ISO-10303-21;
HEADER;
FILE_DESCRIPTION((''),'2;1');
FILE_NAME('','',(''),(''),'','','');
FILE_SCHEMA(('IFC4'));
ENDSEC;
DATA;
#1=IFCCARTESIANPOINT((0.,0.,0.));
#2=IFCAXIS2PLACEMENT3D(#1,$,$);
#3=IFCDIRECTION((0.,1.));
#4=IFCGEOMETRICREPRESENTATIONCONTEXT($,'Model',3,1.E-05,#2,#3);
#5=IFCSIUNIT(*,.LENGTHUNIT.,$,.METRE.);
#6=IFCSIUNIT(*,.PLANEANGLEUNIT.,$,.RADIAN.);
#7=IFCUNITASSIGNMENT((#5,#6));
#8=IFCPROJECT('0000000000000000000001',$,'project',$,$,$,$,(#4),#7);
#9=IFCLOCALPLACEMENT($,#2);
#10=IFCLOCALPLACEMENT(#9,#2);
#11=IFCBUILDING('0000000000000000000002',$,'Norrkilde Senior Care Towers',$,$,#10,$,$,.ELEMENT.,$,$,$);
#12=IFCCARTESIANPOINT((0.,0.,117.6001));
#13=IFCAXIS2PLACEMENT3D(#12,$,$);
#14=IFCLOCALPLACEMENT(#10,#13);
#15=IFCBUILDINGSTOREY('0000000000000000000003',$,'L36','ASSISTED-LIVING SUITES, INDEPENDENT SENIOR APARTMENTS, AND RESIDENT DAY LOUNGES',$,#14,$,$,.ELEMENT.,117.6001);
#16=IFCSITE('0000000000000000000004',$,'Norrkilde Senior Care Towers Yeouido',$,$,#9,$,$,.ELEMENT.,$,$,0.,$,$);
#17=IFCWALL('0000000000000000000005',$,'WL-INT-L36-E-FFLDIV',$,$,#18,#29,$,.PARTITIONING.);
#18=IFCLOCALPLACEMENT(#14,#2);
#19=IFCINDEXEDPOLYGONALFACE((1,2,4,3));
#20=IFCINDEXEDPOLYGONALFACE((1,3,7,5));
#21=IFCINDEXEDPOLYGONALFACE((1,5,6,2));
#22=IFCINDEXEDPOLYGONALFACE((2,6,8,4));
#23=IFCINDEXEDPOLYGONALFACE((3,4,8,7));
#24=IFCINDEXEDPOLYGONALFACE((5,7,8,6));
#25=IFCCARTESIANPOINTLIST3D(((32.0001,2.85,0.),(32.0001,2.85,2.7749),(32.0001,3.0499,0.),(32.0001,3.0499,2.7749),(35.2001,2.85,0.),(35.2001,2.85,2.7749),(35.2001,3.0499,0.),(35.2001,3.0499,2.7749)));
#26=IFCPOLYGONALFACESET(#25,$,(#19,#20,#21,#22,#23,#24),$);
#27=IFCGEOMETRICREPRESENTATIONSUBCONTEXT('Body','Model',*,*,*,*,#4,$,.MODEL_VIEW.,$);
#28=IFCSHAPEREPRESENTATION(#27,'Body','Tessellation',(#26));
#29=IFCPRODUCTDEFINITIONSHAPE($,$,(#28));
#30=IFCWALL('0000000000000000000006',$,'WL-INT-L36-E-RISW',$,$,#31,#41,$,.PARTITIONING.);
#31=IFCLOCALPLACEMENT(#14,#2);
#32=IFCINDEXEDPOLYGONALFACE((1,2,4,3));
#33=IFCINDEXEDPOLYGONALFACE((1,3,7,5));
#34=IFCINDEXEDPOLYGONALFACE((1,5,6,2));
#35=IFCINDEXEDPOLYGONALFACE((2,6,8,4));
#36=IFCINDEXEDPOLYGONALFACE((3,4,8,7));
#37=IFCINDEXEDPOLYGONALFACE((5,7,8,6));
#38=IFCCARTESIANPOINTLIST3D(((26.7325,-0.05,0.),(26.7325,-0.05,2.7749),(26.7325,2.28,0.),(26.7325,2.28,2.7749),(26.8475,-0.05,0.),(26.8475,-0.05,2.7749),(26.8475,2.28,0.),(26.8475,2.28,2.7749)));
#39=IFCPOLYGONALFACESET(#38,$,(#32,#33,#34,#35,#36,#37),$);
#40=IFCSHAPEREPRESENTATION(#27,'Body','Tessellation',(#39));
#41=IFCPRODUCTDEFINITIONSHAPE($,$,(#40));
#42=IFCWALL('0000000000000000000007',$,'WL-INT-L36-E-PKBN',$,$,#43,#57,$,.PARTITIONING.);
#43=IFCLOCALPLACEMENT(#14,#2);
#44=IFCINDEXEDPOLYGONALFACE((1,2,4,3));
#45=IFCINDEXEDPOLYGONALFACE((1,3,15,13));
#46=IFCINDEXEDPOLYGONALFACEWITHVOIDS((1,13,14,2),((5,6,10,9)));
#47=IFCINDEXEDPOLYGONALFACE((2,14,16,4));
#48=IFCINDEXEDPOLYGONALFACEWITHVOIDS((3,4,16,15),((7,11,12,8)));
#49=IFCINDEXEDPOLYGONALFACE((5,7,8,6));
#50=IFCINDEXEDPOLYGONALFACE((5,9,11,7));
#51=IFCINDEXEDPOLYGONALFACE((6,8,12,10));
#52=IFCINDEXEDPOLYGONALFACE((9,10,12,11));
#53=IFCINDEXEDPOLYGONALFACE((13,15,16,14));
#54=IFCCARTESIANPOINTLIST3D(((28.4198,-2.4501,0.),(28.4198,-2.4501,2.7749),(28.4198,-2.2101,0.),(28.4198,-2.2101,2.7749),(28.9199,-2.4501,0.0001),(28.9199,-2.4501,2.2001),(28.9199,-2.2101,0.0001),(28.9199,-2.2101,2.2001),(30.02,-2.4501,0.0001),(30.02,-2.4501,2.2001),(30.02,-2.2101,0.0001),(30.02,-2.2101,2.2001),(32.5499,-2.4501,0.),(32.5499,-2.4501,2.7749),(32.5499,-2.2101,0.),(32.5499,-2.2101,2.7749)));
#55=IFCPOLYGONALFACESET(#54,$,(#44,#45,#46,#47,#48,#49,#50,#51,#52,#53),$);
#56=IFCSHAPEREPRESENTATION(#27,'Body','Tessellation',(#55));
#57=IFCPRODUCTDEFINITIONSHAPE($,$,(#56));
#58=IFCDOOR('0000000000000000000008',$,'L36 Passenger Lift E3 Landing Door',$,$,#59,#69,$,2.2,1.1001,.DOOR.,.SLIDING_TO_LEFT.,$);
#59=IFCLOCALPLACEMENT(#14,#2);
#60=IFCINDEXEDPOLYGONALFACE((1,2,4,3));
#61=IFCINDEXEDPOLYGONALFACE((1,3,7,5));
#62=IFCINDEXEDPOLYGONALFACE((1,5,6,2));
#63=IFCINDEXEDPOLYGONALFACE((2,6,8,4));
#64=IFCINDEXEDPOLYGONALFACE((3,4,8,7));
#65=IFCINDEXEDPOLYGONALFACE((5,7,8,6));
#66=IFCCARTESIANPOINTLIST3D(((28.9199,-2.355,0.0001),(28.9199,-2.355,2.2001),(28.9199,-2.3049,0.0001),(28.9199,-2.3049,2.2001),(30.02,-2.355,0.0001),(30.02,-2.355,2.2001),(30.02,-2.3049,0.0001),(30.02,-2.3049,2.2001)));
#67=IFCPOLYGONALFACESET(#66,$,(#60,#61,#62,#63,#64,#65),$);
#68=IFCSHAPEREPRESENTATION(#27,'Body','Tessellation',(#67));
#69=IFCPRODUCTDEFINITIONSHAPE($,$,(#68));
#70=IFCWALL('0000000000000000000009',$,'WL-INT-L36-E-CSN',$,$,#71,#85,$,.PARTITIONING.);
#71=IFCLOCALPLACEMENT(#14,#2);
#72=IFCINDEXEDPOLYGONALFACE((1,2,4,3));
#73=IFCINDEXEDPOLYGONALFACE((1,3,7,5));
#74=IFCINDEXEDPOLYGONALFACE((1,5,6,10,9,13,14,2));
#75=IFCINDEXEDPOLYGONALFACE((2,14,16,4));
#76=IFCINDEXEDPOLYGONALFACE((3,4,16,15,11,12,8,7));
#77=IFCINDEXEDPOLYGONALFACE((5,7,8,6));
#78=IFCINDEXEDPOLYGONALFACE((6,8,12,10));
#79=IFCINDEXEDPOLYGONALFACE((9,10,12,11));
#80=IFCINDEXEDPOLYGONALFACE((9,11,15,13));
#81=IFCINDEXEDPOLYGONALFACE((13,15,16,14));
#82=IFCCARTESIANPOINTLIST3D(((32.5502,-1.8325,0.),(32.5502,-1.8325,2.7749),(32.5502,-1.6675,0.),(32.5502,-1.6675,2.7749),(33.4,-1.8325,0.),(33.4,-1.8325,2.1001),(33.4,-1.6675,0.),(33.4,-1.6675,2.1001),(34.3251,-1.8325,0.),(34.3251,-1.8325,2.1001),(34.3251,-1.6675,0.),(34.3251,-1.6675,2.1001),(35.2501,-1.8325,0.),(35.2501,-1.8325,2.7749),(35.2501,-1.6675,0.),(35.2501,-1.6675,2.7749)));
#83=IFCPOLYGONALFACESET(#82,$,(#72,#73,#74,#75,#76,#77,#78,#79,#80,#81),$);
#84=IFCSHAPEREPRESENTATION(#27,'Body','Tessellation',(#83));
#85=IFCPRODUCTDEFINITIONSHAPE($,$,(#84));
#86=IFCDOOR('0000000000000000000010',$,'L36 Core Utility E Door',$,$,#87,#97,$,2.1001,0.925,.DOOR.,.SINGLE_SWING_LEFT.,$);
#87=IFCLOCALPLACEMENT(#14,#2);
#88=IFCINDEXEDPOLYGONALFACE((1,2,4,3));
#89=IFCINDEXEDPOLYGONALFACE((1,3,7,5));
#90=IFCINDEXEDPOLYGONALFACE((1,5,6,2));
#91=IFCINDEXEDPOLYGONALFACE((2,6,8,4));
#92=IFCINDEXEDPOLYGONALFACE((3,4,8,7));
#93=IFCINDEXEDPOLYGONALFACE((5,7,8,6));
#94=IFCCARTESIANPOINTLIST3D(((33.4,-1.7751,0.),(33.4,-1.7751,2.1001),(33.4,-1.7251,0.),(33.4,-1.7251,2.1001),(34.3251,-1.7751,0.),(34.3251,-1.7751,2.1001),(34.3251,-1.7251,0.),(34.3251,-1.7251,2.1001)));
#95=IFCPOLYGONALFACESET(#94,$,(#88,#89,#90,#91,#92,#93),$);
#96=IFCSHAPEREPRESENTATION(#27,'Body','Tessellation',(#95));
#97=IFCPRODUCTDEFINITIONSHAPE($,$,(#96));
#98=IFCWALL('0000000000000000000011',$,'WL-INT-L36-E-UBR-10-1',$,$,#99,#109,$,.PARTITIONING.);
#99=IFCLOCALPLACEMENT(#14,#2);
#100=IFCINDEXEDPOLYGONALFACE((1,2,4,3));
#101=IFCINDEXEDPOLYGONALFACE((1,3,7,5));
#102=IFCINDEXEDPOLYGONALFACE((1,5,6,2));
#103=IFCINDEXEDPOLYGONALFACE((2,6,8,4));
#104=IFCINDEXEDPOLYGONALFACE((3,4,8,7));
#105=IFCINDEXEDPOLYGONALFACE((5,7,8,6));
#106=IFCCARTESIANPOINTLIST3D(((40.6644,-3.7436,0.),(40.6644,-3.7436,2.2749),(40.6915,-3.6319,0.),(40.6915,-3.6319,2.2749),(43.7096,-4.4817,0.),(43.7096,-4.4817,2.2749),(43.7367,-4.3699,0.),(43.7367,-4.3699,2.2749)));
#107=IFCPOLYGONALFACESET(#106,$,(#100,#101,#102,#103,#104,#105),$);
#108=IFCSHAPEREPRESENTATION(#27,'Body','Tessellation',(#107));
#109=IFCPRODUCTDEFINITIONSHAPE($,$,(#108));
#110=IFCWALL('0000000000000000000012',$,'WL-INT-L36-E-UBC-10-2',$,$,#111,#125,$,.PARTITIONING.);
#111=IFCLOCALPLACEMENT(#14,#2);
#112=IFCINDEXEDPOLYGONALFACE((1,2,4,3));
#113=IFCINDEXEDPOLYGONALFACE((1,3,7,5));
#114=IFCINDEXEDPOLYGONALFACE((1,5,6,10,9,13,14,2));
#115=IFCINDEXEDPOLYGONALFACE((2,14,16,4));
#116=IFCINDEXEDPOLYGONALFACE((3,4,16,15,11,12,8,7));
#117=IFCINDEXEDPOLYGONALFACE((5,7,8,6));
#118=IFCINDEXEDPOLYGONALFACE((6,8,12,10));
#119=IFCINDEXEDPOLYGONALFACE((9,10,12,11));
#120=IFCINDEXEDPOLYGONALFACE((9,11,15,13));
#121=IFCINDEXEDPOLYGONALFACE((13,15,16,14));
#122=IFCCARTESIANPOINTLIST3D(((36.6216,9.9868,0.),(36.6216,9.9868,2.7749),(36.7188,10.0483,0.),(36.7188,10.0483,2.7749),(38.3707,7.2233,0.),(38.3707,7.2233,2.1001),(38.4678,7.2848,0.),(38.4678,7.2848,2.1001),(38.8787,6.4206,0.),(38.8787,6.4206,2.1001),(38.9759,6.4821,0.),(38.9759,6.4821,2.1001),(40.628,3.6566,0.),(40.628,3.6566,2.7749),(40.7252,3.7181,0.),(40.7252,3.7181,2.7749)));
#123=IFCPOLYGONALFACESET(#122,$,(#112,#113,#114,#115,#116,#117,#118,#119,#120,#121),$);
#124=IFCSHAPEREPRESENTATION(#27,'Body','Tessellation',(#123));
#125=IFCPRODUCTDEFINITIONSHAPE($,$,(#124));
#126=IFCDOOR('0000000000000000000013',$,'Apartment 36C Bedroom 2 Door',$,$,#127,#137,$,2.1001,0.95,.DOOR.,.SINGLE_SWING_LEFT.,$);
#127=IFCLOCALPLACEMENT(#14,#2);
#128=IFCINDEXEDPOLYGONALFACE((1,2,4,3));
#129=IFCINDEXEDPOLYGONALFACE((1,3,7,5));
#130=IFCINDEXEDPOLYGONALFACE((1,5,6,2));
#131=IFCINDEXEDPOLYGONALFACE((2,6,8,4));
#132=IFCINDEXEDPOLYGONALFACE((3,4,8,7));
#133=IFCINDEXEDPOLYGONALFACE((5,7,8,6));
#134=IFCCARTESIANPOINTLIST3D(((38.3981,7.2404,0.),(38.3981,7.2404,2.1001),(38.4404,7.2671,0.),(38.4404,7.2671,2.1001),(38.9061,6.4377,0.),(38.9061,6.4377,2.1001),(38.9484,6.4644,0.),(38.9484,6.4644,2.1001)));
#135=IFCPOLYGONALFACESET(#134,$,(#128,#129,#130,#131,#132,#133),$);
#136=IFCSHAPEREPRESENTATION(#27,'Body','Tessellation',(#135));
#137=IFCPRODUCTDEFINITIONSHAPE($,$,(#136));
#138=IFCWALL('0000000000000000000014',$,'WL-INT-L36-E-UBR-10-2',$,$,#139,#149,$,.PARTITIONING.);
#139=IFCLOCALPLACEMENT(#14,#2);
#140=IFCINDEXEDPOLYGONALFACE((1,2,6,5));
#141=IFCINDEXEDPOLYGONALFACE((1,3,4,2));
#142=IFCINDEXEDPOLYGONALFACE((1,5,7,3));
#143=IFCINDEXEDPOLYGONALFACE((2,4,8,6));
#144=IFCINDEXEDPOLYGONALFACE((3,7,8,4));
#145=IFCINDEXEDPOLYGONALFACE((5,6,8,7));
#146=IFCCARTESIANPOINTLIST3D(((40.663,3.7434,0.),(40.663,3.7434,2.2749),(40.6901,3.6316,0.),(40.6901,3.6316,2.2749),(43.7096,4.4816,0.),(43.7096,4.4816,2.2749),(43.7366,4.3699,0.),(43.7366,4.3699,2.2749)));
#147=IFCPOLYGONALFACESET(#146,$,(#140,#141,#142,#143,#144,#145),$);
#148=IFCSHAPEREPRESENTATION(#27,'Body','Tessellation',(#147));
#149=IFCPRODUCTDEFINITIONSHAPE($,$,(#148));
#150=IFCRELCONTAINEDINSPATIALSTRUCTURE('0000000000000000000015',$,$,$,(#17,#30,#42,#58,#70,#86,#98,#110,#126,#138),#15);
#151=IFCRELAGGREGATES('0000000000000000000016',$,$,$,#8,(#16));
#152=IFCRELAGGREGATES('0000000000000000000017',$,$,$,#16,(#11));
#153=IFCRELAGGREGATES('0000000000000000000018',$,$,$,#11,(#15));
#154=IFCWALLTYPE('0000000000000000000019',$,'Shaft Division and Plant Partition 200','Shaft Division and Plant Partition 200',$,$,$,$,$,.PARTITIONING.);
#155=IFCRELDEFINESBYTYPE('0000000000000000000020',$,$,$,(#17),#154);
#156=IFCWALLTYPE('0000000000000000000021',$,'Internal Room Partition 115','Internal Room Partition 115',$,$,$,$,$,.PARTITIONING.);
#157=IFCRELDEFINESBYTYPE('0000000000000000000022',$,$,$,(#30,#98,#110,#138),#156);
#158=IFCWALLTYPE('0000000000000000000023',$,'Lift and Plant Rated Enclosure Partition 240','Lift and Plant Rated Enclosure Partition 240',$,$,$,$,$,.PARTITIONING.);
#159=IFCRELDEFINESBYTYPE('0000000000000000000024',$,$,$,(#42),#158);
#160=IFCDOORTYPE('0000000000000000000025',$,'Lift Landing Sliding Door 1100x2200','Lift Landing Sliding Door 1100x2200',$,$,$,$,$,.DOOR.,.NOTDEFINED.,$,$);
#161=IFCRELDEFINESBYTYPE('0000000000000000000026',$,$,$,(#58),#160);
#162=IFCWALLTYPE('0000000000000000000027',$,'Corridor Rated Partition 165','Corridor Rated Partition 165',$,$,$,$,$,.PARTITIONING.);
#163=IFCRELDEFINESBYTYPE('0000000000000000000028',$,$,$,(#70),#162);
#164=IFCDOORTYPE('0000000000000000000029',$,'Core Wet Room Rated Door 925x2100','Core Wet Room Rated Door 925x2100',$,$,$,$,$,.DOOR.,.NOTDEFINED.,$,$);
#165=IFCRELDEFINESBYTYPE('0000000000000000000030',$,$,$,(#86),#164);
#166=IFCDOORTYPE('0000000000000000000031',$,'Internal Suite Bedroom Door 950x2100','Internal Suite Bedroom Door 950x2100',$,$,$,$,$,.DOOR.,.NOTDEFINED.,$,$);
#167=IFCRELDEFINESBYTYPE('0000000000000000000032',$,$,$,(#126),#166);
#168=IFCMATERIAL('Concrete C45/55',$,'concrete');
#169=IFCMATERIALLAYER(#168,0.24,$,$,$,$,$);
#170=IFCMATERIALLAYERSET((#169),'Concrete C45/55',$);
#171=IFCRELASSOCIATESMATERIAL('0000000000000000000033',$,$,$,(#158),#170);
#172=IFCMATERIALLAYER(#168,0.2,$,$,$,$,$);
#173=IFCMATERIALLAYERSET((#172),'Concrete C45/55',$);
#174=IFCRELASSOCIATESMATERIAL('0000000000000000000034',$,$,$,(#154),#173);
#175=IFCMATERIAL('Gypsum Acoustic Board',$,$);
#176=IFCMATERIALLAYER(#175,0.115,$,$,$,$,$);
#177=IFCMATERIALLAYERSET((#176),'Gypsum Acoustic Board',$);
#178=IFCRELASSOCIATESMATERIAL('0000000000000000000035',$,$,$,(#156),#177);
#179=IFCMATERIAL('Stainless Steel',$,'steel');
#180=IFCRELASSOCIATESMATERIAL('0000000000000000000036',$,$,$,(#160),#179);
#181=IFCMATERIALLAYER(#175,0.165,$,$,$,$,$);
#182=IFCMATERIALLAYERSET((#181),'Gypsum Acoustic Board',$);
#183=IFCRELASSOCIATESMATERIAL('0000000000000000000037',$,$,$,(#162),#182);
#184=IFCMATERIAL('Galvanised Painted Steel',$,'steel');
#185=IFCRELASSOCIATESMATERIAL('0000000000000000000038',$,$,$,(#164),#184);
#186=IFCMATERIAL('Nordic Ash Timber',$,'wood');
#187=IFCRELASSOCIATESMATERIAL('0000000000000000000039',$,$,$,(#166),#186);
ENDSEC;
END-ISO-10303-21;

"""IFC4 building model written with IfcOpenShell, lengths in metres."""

from ifc_helpers import new_model, si_unit, direction, frame, frame_2d, origin, place, context, subcontext, project, spatial, rectangle, extrude, source, transform, mapped, material, layer, layer_set, type_object, type_shapes, element, fill, save


model = new_model("IFC4")

# Units and contexts
model_context = context("Model", 3, precision=1e-05, world=origin(), true_north=direction((0.0, 1.0)))
body_context = subcontext(model_context, "Body", "Model", "MODEL_VIEW")
ifc_project = project(units=[si_unit("LENGTHUNIT", "METRE"), si_unit("PLANEANGLEUNIT", "RADIAN")], contexts=[model_context])

# Site, building, storey
site_placement = place(None, origin())
site = spatial("IfcSite", under=ifc_project, at=site_placement, Name="Norrkilde Senior Care Towers Yeouido", CompositionType="ELEMENT", RefElevation=0.0)
building_placement = place(site_placement, origin())
building = spatial("IfcBuilding", under=site, at=building_placement, Name="Norrkilde Senior Care Towers", CompositionType="ELEMENT")
storey_placement = place(building_placement, frame((0.0, 0.0, 117.6001)))
storey = spatial("IfcBuildingStorey", under=building, at=storey_placement, Name="L36", Description="ASSISTED-LIVING SUITES, INDEPENDENT SENIOR APARTMENTS, AND RESIDENT DAY LOUNGES", CompositionType="ELEMENT", Elevation=117.6001)

# Shared definitions
ifc_material_1 = material(Name="Concrete C45/55", Category="concrete")
ifc_layer_1 = layer(ifc_material_1, 0.24)
ifc_layer_set_1 = layer_set([ifc_layer_1], Name="Concrete C45/55")
wall_type_1 = type_object("IfcWallType", Name="Lift and Plant Rated Enclosure Partition 240", Description="Lift and Plant Rated Enclosure Partition 240", PredefinedType="PARTITIONING", material=ifc_layer_set_1)
ifc_material_2 = material(Name="Stainless Steel", Category="steel")

# Wall
ifc_layer_2 = layer(ifc_material_1, 0.2)
ifc_layer_set_2 = layer_set([ifc_layer_2], Name="Concrete C45/55")
wall_type_2 = type_object("IfcWallType", Name="Shaft Division and Plant Partition 200", Description="Shaft Division and Plant Partition 200", PredefinedType="PARTITIONING", material=ifc_layer_set_2)
shared_shape_1 = source(origin(), body_context, "Body", "SweptSolid", [
    extrude(rectangle(XDim=3.2, YDim=0.2, at=frame_2d((1.6001, 0.0))), origin(), (0.0, 0.0, 1.0), 2.7749),
])
type_shapes(wall_type_2, [shared_shape_1])
wall_1_placement = place(storey_placement, frame((32.0, 2.95, 0.0), z_axis=(0.0, 0.0, 1.0), x_axis=(1.0, 0.0, 0.0)))
element("IfcWall", 1, at=wall_1_placement, inside=storey, type_object=wall_type_2, Name="WL-INT-L36-E-FFLDIV", PredefinedType="PARTITIONING", context=body_context, shape_type="MappedRepresentation", body=[
    mapped(shared_shape_1, transform((0.0, 0.0, 0.0), x_axis=(1.0, 0.0, 0.0), y_axis=(0.0, 1.0, 0.0), z_axis=(0.0, 0.0, 1.0), scale=1.0)),
])

# Shared definitions
ifc_material_3 = material(Name="Galvanised Painted Steel", Category="steel")

# Wall
ifc_material_4 = material(Name="Gypsum Acoustic Board")
ifc_layer_3 = layer(ifc_material_4, 0.115)
ifc_layer_set_3 = layer_set([ifc_layer_3], Name="Gypsum Acoustic Board")
wall_type_3 = type_object("IfcWallType", Name="Internal Room Partition 115", Description="Internal Room Partition 115", PredefinedType="PARTITIONING", material=ifc_layer_set_3)
shared_shape_2 = source(origin(), body_context, "Body", "SweptSolid", [
    extrude(rectangle(XDim=2.3301, YDim=0.115, at=frame_2d((1.165, 0.0))), origin(), (0.0, 0.0, 1.0), 2.7749),
])
wall_2_placement = place(storey_placement, frame((26.79, -0.05, 0.0), z_axis=(0.0, 0.0, 1.0), x_axis=(0.0, 1.0, 0.0)))
element("IfcWall", 2, at=wall_2_placement, inside=storey, type_object=wall_type_3, Name="WL-INT-L36-E-RISW", PredefinedType="PARTITIONING", context=body_context, shape_type="MappedRepresentation", body=[
    mapped(shared_shape_2, transform((0.0, 0.0, 0.0), x_axis=(1.0, 0.0, 0.0), y_axis=(0.0, 1.0, 0.0), z_axis=(0.0, 0.0, 1.0), scale=1.0)),
])

# Walls, openings, doors
shared_shape_3 = source(origin(), body_context, "Body", "SweptSolid", [
    extrude(rectangle(XDim=4.1301, YDim=0.24, at=frame_2d((2.0649, 0.0))), origin(), (0.0, 0.0, 1.0), 2.7749),
])
wall_3_placement = place(storey_placement, frame((28.4199, -2.3301, 0.0), z_axis=(0.0, 0.0, 1.0), x_axis=(1.0, 0.0, 0.0)))
wall_3 = element("IfcWall", 3, at=wall_3_placement, inside=storey, type_object=wall_type_1, Name="WL-INT-L36-E-PKBN", PredefinedType="PARTITIONING", context=body_context, shape_type="MappedRepresentation", body=[
    mapped(shared_shape_3, transform((0.0, 0.0, 0.0), x_axis=(1.0, 0.0, 0.0), y_axis=(0.0, 1.0, 0.0), z_axis=(0.0, 0.0, 1.0), scale=1.0)),
])
opening_1_placement = place(wall_3_placement, frame((0.5, 0.0, 0.0)))
opening_1 = element("IfcOpeningElement", 4, at=opening_1_placement, cuts=wall_3, PredefinedType="OPENING", context=body_context, shape_type="SweptSolid", body=[
    extrude(rectangle(XDim=1.1001, YDim=2.2, at=frame_2d((0.55, 1.1001))), frame((0.0, 0.1299, 0.0), z_axis=(0.0, -1.0, 0.0), x_axis=(1.0, 0.0, 0.0)), (0.0, 0.0, 1.0), 0.26),
])
door_type_1 = type_object("IfcDoorType", Name="Lift Landing Sliding Door 1100x2200", Description="Lift Landing Sliding Door 1100x2200", OperationType="NOTDEFINED", PredefinedType="DOOR", material=ifc_material_2)
shared_shape_4 = source(origin(), body_context, "Body", "SweptSolid", [
    extrude(rectangle(XDim=1.1001, YDim=2.2, at=frame_2d((0.55, 1.1001))), frame((0.0, 0.0249, 0.0), z_axis=(0.0, -1.0, 0.0), x_axis=(1.0, 0.0, 0.0)), (0.0, 0.0, 1.0), 0.05),
])
type_shapes(door_type_1, [shared_shape_4])
door_1_placement = place(opening_1_placement, frame((1.1001, 0.0, 0.0), z_axis=(0.0, 0.0, 1.0), x_axis=(-1.0, 0.0, 0.0)))
door_1 = element("IfcDoor", 5, at=door_1_placement, inside=storey, type_object=door_type_1, Name="L36 Passenger Lift E3 Landing Door", OperationType="SLIDING_TO_LEFT", OverallHeight=2.2, OverallWidth=1.1001, PredefinedType="DOOR", context=body_context, shape_type="MappedRepresentation", body=[
    mapped(shared_shape_4, transform((0.0, 0.0, 0.0), x_axis=(1.0, 0.0, 0.0), y_axis=(0.0, 1.0, 0.0), z_axis=(0.0, 0.0, 1.0), scale=1.0)),
])
fill(opening_1, door_1)
ifc_layer_4 = layer(ifc_material_4, 0.165)
ifc_layer_set_4 = layer_set([ifc_layer_4], Name="Gypsum Acoustic Board")
wall_type_4 = type_object("IfcWallType", Name="Corridor Rated Partition 165", Description="Corridor Rated Partition 165", PredefinedType="PARTITIONING", material=ifc_layer_set_4)
shared_shape_5 = source(origin(), body_context, "Body", "SweptSolid", [
    extrude(rectangle(XDim=2.7, YDim=0.165, at=frame_2d((1.3501, 0.0))), origin(), (0.0, 0.0, 1.0), 2.7749),
])
type_shapes(wall_type_4, [shared_shape_5])
wall_4_placement = place(storey_placement, frame((32.55, -1.75, 0.0), z_axis=(0.0, 0.0, 1.0), x_axis=(1.0, 0.0, 0.0)))
wall_4 = element("IfcWall", 6, at=wall_4_placement, inside=storey, type_object=wall_type_4, Name="WL-INT-L36-E-CSN", PredefinedType="PARTITIONING", context=body_context, shape_type="MappedRepresentation", body=[
    mapped(shared_shape_5, transform((0.0, 0.0, 0.0), x_axis=(1.0, 0.0, 0.0), y_axis=(0.0, 1.0, 0.0), z_axis=(0.0, 0.0, 1.0), scale=1.0)),
])
opening_2_placement = place(wall_4_placement, frame((0.8501, 0.0, 0.0)))
opening_2 = element("IfcOpeningElement", 7, at=opening_2_placement, cuts=wall_4, PredefinedType="OPENING", context=body_context, shape_type="SweptSolid", body=[
    extrude(rectangle(XDim=0.925, YDim=2.1001, at=frame_2d((0.4624, 1.05))), frame((0.0, 0.0925, 0.0), z_axis=(0.0, -1.0, 0.0), x_axis=(1.0, 0.0, 0.0)), (0.0, 0.0, 1.0), 0.1851),
])
door_type_2 = type_object("IfcDoorType", Name="Core Wet Room Rated Door 925x2100", Description="Core Wet Room Rated Door 925x2100", OperationType="NOTDEFINED", PredefinedType="DOOR", material=ifc_material_3)
shared_shape_6 = source(origin(), body_context, "Body", "SweptSolid", [
    extrude(rectangle(XDim=0.925, YDim=2.1001, at=frame_2d((0.4624, 1.05))), frame((0.0, 0.0249, 0.0), z_axis=(0.0, -1.0, 0.0), x_axis=(1.0, 0.0, 0.0)), (0.0, 0.0, 1.0), 0.05),
])
type_shapes(door_type_2, [shared_shape_6])
door_2_placement = place(opening_2_placement, origin())
door_2 = element("IfcDoor", 8, at=door_2_placement, inside=storey, type_object=door_type_2, Name="L36 Core Utility E Door", OperationType="SINGLE_SWING_LEFT", OverallHeight=2.1001, OverallWidth=0.925, PredefinedType="DOOR", context=body_context, shape_type="MappedRepresentation", body=[
    mapped(shared_shape_6, transform((0.0, 0.0, 0.0), x_axis=(1.0, 0.0, 0.0), y_axis=(0.0, 1.0, 0.0), z_axis=(0.0, 0.0, 1.0), scale=1.0)),
])
fill(opening_2, door_2)

# Wall
shared_shape_7 = source(origin(), body_context, "Body", "SweptSolid", [
    extrude(rectangle(XDim=3.1333, YDim=0.115, at=frame_2d((1.5667, 0.0))), origin(), (0.0, 0.0, 1.0), 2.2749),
])
wall_5_placement = place(storey_placement, frame((40.678, -3.6877, 0.0), z_axis=(0.0, 0.0, 1.0), x_axis=(0.971864, -0.235544, 0.0)))
element("IfcWall", 9, at=wall_5_placement, inside=storey, type_object=wall_type_3, Name="WL-INT-L36-E-UBR-10-1", PredefinedType="PARTITIONING", context=body_context, shape_type="MappedRepresentation", body=[
    mapped(shared_shape_7, transform((0.0, 0.0, 0.0), x_axis=(1.0, 0.0, 0.0), y_axis=(0.0, 1.0, 0.0), z_axis=(0.0, 0.0, 1.0), scale=1.0)),
])

# Wall, opening, door
shared_shape_8 = source(origin(), body_context, "Body", "SweptSolid", [
    extrude(rectangle(XDim=7.4915, YDim=0.115, at=frame_2d((3.7456, 0.0))), origin(), (0.0, 0.0, 1.0), 2.7749),
])
wall_6_placement = place(storey_placement, frame((40.6765, 3.6875, 0.0), z_axis=(0.0, 0.0, 1.0), x_axis=(-0.534795, 0.844982, 0.0)))
wall_6 = element("IfcWall", 10, at=wall_6_placement, inside=storey, type_object=wall_type_3, Name="WL-INT-L36-E-UBC-10-2", PredefinedType="PARTITIONING", context=body_context, shape_type="MappedRepresentation", body=[
    mapped(shared_shape_8, transform((0.0, 0.0, 0.0), x_axis=(1.0, 0.0, 0.0), y_axis=(0.0, 1.0, 0.0), z_axis=(0.0, 0.0, 1.0), scale=1.0)),
])
opening_3_placement = place(wall_6_placement, frame((3.2708, 0.0, 0.0)))
opening_3 = element("IfcOpeningElement", 11, at=opening_3_placement, cuts=wall_6, PredefinedType="OPENING", context=body_context, shape_type="SweptSolid", body=[
    extrude(rectangle(XDim=0.95, YDim=2.1001, at=frame_2d((0.4751, 1.05))), frame((0.0, 0.0674, 0.0), z_axis=(0.0, -1.0, 0.0), x_axis=(1.0, 0.0, 0.0)), (0.0, 0.0, 1.0), 0.135),
])
ifc_material_5 = material(Name="Nordic Ash Timber", Category="wood")
door_type_3 = type_object("IfcDoorType", Name="Internal Suite Bedroom Door 950x2100", Description="Internal Suite Bedroom Door 950x2100", OperationType="NOTDEFINED", PredefinedType="DOOR", material=ifc_material_5)
shared_shape_9 = source(origin(), body_context, "Body", "SweptSolid", [
    extrude(rectangle(XDim=0.95, YDim=2.1001, at=frame_2d((0.4751, 1.05))), frame((0.0, 0.0249, 0.0), z_axis=(0.0, -1.0, 0.0), x_axis=(1.0, 0.0, 0.0)), (0.0, 0.0, 1.0), 0.05),
])
type_shapes(door_type_3, [shared_shape_9])
door_3_placement = place(opening_3_placement, frame((0.95, 0.0, 0.0), z_axis=(0.0, 0.0, 1.0), x_axis=(-1.0, 0.0, 0.0)))
door_3 = element("IfcDoor", 12, at=door_3_placement, inside=storey, type_object=door_type_3, Name="Apartment 36C Bedroom 2 Door", OperationType="SINGLE_SWING_LEFT", OverallHeight=2.1001, OverallWidth=0.95, PredefinedType="DOOR", context=body_context, shape_type="MappedRepresentation", body=[
    mapped(shared_shape_9, transform((0.0, 0.0, 0.0), x_axis=(1.0, 0.0, 0.0), y_axis=(0.0, 1.0, 0.0), z_axis=(0.0, 0.0, 1.0), scale=1.0)),
])
fill(opening_3, door_3)

# Wall
shared_shape_10 = source(origin(), body_context, "Body", "SweptSolid", [
    extrude(rectangle(XDim=3.1348, YDim=0.115, at=frame_2d((1.5674, 0.0))), origin(), (0.0, 0.0, 1.0), 2.2749),
])
type_shapes(wall_type_3, [shared_shape_2, shared_shape_7, shared_shape_8, shared_shape_10])
wall_7_placement = place(storey_placement, frame((40.6765, 3.6875, 0.0), z_axis=(0.0, 0.0, 1.0), x_axis=(0.971872, 0.235511, 0.0)))
element("IfcWall", 13, at=wall_7_placement, inside=storey, type_object=wall_type_3, Name="WL-INT-L36-E-UBR-10-2", PredefinedType="PARTITIONING", context=body_context, shape_type="MappedRepresentation", body=[
    mapped(shared_shape_10, transform((0.0, 0.0, 0.0), x_axis=(1.0, 0.0, 0.0), y_axis=(0.0, 1.0, 0.0), z_axis=(0.0, 0.0, 1.0), scale=1.0)),
])

save(model, "model.ifc")
